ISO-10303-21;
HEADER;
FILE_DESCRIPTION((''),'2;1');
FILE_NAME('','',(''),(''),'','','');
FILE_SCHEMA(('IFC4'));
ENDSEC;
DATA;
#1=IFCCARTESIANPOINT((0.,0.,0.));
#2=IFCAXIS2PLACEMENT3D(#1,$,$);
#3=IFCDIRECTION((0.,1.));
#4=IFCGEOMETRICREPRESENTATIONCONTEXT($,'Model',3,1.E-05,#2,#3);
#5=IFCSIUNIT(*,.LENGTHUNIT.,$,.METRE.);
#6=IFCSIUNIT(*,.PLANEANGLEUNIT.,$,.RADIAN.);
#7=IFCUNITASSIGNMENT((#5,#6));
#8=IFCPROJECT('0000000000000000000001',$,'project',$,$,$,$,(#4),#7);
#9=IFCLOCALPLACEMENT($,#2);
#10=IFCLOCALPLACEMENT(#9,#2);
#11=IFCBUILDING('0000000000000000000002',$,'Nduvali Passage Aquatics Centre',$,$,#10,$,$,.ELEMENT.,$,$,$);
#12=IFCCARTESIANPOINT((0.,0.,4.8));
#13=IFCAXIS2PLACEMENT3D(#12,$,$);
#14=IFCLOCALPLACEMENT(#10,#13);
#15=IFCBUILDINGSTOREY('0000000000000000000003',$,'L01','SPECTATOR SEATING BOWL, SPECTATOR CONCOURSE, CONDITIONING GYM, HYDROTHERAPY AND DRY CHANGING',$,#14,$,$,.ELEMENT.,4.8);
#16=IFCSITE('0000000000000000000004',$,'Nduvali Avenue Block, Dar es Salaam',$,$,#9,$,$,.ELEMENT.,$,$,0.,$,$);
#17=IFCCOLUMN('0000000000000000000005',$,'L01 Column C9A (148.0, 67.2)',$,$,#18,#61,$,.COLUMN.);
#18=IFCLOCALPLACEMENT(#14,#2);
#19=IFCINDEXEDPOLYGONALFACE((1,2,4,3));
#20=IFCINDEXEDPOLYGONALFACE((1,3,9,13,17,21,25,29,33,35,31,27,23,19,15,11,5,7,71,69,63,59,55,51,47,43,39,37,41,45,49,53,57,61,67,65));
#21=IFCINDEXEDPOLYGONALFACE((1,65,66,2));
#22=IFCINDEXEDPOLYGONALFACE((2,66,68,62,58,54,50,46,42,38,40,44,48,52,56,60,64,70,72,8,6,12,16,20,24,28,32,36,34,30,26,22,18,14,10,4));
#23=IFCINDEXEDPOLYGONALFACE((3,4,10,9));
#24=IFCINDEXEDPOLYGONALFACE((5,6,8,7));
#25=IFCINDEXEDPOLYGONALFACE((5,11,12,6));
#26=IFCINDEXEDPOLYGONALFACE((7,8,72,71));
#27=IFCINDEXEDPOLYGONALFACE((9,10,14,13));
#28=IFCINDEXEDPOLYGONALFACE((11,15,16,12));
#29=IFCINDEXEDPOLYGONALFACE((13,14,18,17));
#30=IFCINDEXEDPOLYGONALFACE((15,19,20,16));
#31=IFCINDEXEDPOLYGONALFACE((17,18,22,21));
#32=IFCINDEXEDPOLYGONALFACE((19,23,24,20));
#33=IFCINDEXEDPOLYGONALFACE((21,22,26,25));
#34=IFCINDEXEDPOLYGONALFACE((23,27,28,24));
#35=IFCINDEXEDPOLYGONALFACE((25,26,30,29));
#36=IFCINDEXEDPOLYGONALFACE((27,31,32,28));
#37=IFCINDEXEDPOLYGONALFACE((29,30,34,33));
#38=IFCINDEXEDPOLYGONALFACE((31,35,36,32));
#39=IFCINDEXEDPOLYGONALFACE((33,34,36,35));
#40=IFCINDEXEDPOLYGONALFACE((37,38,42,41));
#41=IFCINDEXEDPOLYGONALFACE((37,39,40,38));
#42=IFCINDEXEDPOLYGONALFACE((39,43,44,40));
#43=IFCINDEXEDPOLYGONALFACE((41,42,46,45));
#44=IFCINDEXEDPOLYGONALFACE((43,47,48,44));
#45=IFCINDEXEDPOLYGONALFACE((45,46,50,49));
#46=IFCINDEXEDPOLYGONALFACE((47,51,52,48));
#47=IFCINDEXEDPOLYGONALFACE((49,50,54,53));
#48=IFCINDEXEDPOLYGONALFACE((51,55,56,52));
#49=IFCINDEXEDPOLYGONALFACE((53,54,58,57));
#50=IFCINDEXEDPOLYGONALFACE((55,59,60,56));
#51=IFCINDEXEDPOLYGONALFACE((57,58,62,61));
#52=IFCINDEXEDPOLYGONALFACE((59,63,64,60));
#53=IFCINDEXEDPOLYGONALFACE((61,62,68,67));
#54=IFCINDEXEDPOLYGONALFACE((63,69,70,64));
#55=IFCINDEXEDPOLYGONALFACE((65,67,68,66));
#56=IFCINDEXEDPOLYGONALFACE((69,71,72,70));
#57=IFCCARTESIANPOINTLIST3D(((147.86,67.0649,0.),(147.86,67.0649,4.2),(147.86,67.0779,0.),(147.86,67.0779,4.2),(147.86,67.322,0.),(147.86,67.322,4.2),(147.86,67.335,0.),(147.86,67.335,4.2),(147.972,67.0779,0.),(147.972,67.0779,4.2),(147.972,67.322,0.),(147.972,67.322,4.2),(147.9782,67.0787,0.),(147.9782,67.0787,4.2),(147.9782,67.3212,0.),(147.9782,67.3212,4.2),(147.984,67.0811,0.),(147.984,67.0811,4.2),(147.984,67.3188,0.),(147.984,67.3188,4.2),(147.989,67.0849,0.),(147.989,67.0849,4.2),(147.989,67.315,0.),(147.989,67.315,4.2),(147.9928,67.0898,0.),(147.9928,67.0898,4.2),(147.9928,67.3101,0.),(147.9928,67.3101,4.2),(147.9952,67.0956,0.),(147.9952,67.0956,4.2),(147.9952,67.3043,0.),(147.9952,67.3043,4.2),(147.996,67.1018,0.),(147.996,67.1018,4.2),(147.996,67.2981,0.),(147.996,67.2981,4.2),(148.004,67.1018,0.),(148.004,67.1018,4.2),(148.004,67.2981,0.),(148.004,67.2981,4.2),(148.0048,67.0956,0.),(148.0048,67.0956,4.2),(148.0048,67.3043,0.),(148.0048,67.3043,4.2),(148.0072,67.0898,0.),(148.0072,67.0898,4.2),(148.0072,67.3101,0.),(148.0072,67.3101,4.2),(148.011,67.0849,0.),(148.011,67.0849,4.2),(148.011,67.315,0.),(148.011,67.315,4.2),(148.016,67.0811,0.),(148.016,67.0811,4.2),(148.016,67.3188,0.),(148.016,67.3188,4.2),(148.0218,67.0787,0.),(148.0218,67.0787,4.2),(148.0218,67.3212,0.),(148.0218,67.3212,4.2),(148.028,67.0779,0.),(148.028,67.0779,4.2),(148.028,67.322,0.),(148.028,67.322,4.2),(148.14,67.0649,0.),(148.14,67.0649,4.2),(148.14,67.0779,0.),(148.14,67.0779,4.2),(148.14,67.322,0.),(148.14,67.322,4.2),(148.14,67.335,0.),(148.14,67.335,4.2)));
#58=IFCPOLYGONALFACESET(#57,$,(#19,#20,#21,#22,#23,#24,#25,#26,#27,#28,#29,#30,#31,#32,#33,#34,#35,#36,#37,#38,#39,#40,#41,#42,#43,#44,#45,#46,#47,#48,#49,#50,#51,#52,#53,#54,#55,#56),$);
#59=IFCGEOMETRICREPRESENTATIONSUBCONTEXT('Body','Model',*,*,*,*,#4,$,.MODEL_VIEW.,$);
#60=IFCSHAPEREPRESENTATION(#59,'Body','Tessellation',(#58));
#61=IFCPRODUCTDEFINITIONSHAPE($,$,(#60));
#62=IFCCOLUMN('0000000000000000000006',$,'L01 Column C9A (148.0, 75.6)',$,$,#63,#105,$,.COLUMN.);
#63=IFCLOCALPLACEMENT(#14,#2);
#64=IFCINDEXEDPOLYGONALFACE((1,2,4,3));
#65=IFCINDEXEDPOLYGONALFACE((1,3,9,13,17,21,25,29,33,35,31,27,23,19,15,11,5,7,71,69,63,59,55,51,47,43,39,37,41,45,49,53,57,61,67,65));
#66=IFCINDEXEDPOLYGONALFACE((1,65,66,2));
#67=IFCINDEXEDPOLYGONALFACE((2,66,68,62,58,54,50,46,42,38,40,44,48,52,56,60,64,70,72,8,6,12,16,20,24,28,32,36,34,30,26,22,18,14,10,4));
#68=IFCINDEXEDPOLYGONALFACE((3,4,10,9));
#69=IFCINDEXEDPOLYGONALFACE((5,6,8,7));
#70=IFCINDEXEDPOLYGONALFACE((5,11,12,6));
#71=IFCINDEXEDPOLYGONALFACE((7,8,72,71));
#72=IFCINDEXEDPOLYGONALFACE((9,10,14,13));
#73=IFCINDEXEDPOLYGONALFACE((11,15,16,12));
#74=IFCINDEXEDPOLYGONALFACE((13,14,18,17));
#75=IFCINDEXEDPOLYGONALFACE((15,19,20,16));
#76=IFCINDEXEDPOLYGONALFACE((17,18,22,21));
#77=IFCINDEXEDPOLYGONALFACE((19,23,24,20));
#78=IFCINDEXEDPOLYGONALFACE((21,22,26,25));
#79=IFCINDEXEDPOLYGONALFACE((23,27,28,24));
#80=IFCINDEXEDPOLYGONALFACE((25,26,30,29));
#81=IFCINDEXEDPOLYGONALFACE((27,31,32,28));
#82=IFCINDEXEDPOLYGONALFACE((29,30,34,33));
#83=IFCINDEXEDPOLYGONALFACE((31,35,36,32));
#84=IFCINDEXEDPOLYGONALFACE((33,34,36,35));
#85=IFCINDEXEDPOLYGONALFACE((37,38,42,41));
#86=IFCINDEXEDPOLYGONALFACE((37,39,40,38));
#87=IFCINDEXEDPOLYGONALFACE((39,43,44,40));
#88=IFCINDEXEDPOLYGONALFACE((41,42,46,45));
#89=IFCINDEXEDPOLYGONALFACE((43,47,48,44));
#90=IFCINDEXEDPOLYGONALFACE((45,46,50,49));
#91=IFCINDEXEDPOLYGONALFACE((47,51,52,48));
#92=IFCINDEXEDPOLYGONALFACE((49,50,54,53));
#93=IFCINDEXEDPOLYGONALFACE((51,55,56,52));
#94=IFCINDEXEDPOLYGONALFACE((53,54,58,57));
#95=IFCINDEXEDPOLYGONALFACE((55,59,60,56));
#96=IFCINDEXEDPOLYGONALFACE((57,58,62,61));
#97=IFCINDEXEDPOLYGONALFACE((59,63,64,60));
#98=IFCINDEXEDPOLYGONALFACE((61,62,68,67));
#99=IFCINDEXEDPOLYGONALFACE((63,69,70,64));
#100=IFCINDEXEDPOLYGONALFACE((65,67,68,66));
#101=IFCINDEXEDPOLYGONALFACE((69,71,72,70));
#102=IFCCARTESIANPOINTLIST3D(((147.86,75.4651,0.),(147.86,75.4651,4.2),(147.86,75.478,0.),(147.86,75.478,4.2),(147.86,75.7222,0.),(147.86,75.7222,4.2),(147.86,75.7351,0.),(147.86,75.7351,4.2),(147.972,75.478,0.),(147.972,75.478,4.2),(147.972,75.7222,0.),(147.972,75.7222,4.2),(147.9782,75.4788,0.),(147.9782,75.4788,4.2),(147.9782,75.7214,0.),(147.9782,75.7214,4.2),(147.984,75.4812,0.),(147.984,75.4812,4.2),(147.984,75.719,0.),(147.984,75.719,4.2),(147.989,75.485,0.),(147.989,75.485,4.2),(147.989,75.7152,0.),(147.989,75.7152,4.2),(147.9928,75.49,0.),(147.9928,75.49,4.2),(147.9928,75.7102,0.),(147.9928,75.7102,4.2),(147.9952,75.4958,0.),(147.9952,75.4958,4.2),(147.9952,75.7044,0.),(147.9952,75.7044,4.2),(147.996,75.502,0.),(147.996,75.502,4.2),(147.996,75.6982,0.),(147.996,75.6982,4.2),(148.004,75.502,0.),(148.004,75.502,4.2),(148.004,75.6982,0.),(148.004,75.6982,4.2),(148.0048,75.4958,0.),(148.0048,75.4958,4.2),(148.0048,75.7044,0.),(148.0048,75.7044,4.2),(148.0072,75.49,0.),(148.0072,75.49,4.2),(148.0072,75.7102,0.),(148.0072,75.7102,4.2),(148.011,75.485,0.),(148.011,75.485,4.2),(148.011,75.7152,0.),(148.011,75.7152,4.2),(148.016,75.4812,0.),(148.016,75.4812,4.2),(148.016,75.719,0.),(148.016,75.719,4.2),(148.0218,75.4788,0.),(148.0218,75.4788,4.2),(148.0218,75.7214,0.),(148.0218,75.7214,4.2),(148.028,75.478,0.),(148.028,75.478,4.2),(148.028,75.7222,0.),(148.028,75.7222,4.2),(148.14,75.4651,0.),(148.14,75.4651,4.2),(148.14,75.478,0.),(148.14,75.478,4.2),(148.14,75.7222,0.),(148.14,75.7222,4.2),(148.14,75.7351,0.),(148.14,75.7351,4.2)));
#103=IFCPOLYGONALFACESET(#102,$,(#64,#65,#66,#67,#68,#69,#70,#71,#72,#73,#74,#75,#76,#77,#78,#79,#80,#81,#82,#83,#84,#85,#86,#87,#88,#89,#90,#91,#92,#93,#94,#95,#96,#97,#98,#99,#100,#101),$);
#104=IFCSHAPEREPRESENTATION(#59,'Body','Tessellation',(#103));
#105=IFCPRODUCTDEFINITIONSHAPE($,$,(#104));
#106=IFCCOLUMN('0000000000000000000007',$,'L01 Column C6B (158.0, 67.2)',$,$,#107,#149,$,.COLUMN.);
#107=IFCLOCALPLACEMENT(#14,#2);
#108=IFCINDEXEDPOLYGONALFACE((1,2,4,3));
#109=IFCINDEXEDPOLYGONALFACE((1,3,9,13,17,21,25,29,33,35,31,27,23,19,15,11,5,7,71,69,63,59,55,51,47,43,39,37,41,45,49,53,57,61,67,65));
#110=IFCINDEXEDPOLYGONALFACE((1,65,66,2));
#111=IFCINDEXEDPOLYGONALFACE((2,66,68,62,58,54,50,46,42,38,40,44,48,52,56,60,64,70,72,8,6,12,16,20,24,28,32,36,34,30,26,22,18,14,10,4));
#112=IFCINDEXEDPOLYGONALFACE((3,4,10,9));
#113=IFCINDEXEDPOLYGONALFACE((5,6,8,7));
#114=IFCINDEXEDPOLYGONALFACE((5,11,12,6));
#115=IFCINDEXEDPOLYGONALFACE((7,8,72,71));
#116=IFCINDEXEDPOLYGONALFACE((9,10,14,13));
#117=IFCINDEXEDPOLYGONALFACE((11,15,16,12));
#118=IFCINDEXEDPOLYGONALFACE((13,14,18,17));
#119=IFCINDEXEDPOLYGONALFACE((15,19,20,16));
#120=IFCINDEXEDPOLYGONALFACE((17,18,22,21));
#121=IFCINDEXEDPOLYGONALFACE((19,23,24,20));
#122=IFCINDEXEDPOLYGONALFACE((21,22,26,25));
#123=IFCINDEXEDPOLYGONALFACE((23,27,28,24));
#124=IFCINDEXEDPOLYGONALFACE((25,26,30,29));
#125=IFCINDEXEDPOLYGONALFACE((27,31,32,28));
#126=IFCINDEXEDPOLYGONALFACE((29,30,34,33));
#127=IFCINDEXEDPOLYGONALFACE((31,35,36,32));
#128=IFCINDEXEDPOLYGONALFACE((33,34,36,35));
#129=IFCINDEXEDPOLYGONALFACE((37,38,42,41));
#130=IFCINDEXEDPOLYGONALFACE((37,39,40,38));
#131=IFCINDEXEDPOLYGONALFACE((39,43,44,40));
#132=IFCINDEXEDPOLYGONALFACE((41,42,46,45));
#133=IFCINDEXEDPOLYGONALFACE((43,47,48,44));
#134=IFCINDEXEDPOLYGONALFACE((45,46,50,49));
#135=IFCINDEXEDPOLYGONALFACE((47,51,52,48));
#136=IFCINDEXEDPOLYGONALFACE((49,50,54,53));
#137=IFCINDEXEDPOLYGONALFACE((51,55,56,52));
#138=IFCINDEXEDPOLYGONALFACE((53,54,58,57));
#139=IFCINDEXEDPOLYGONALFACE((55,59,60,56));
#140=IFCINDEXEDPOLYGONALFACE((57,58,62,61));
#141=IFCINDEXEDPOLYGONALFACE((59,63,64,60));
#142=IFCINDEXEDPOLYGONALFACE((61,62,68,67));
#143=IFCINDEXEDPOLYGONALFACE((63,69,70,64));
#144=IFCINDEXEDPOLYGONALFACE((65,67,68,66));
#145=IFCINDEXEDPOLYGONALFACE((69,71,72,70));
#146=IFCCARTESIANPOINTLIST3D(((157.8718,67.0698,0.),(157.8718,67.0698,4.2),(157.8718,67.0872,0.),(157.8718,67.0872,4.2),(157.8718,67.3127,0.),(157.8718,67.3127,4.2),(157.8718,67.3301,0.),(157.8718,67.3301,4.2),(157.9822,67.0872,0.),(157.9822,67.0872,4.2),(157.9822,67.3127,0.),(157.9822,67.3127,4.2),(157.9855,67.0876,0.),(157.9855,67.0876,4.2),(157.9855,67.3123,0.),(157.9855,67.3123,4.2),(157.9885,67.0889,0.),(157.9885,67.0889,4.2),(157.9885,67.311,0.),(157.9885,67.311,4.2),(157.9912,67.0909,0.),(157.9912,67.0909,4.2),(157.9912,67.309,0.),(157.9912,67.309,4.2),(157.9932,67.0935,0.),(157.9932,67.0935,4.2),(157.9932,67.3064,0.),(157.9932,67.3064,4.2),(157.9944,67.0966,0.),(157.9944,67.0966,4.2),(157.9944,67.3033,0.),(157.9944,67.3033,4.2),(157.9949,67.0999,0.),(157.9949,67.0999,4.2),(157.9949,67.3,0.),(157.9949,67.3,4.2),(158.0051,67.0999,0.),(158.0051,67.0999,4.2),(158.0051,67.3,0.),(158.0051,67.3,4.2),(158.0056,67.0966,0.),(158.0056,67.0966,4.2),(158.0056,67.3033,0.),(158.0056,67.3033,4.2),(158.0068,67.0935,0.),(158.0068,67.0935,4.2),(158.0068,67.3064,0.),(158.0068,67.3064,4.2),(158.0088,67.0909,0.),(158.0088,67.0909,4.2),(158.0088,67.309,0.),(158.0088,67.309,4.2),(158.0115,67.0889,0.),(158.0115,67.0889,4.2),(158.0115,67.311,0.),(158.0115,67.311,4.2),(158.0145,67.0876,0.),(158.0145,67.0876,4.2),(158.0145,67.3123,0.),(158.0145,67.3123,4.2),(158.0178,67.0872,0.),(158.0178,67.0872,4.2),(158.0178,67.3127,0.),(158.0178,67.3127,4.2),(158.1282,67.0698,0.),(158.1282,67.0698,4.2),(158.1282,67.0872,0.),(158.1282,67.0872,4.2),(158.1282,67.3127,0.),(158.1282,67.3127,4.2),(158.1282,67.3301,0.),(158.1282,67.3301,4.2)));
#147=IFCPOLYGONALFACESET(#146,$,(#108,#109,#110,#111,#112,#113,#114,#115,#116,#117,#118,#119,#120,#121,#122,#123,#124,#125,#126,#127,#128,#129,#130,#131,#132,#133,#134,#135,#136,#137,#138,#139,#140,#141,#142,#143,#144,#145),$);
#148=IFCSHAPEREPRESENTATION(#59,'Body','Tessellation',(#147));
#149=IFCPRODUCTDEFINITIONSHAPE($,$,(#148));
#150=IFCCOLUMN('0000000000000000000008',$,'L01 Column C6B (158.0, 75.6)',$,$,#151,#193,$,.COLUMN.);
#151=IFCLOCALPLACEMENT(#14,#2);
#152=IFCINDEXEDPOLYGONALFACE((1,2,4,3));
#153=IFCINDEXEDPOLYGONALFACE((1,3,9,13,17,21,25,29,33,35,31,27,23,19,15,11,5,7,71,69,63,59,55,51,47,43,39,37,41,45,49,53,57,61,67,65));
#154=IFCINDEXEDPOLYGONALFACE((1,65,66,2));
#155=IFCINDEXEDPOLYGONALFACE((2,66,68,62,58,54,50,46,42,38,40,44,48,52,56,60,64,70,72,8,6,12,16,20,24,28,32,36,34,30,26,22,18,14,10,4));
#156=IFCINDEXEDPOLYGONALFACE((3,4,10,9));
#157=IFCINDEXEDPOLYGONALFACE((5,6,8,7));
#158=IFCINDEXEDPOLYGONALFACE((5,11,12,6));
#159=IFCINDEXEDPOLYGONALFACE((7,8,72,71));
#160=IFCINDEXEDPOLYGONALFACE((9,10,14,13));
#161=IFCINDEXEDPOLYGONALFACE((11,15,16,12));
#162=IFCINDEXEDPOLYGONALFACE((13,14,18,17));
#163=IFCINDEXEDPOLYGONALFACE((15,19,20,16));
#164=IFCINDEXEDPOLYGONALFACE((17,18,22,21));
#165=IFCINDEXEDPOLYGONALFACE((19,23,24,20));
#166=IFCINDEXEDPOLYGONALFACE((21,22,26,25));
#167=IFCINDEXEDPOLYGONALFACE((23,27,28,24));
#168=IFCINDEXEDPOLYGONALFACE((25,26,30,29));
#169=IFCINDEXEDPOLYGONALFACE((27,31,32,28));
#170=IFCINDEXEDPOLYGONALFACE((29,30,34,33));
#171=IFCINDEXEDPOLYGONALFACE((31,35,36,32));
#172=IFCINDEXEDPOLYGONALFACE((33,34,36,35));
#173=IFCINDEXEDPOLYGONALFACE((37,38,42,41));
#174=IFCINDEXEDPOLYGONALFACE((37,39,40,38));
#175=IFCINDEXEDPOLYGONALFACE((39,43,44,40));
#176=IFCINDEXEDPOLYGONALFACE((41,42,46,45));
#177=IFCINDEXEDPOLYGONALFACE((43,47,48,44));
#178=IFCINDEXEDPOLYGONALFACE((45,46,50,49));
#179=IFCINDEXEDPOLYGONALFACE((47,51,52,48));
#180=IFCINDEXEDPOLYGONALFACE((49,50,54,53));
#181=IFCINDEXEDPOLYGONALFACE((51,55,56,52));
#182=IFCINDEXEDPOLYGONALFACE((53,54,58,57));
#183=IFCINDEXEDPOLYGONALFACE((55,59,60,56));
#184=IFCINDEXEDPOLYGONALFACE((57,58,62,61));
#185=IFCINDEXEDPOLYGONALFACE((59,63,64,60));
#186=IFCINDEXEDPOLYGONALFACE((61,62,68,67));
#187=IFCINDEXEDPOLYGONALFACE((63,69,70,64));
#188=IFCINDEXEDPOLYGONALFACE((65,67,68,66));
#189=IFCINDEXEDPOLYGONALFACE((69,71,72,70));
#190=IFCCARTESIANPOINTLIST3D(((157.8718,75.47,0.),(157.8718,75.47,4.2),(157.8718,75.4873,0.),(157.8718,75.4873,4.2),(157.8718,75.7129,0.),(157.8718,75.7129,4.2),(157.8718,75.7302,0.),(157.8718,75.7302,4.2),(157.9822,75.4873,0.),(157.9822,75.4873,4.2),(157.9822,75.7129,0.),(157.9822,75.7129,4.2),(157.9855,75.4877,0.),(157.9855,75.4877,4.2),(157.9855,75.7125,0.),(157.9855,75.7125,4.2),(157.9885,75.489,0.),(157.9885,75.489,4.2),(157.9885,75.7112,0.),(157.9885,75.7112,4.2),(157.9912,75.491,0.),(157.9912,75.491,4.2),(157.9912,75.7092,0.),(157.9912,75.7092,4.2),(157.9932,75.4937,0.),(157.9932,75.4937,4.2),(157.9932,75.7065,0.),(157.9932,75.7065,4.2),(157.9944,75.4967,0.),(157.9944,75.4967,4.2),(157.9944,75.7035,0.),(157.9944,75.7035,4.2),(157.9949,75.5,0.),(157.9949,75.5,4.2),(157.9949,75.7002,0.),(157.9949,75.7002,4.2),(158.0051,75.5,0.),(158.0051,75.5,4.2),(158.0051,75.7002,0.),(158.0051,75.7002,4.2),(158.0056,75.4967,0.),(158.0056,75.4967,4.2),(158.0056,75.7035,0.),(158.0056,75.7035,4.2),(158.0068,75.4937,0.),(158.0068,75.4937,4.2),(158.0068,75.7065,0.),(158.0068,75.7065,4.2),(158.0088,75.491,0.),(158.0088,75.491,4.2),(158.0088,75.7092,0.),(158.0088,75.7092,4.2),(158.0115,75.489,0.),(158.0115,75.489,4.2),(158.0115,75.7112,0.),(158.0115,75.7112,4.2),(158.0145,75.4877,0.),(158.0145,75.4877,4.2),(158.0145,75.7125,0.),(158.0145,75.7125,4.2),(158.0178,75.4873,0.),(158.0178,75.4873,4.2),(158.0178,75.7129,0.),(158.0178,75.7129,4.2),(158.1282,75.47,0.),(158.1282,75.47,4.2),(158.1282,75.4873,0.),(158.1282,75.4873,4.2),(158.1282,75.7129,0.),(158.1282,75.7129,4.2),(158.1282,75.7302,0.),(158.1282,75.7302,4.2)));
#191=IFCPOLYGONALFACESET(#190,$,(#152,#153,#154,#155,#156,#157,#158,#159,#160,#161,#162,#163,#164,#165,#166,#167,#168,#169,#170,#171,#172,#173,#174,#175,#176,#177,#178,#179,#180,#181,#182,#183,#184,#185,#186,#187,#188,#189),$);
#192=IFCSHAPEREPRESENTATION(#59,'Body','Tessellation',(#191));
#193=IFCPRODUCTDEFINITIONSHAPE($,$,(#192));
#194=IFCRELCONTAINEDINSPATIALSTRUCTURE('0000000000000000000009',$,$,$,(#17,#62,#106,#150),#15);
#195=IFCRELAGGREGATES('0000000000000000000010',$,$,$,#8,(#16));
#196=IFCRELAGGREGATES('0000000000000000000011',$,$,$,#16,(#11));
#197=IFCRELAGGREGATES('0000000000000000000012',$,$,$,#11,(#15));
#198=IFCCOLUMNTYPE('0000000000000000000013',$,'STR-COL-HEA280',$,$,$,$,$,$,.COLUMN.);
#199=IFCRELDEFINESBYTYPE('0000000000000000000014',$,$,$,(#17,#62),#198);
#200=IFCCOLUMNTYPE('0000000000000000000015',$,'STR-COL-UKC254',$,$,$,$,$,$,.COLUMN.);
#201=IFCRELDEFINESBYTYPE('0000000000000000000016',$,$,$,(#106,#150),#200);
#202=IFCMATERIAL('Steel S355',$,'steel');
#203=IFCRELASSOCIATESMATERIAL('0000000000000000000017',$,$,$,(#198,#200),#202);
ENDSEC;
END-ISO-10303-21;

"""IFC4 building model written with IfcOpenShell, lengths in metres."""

from ifc_helpers import new_model, si_unit, direction, frame, origin, origin_2d, place, context, subcontext, project, spatial, i_section, extrude, material, material_profile, profile_set, type_object, element, save


model = new_model("IFC4")

# Units and contexts
model_context = context("Model", 3, precision=1e-05, world=origin(), true_north=direction((0.0, 1.0)))
body_context = subcontext(model_context, "Body", "Model", "MODEL_VIEW")
ifc_project = project(units=[si_unit("LENGTHUNIT", "METRE"), si_unit("PLANEANGLEUNIT", "RADIAN")], contexts=[model_context])

# Site, building, storey
site_placement = place(None, origin())
site = spatial("IfcSite", under=ifc_project, at=site_placement, Name="Nduvali Avenue Block, Dar es Salaam", CompositionType="ELEMENT", RefElevation=0.0)
building_placement = place(site_placement, origin())
building = spatial("IfcBuilding", under=site, at=building_placement, Name="Nduvali Passage Aquatics Centre", CompositionType="ELEMENT")
storey_placement = place(building_placement, frame((0.0, 0.0, 4.8)))
storey = spatial("IfcBuildingStorey", under=building, at=storey_placement, Name="L01", Description="SPECTATOR SEATING BOWL, SPECTATOR CONCOURSE, CONDITIONING GYM, HYDROTHERAPY AND DRY CHANGING", CompositionType="ELEMENT", Elevation=4.8)

# Columns
ifc_material_1 = material(Name="Steel S355", Category="steel")
ifc_material_profile_1 = material_profile(ifc_material_1, i_section(OverallWidth=0.28, OverallDepth=0.27, WebThickness=0.0081, FlangeThickness=0.0129, FilletRadius=0.0239, at=origin_2d()), Name="HEA 280")
ifc_profile_set_1 = profile_set([ifc_material_profile_1], Name="Steel S355")
column_type_1 = type_object("IfcColumnType", Name="STR-COL-HEA280", PredefinedType="COLUMN", material=ifc_profile_set_1)
for number, where, z_axis, x_axis, name in (
    (1, (148.0, 67.2, 0.0), (0.0, 0.0, 1.0), (1.0, 0.0, 0.0), "L01 Column C9A (148.0, 67.2)"),
    (2, (148.0, 75.6001, 0.0), (0.0, 0.0, 1.0), (1.0, 0.0, 0.0), "L01 Column C9A (148.0, 75.6)"),
):
    element("IfcColumn", number, at=place(storey_placement, frame(where, z_axis=z_axis, x_axis=x_axis)), inside=storey, type_object=column_type_1, Name=name, PredefinedType="COLUMN", context=body_context, shape_type="SweptSolid", body=[
        extrude(i_section(OverallWidth=0.28, OverallDepth=0.27, WebThickness=0.0081, FlangeThickness=0.0129, FilletRadius=0.0239, at=origin_2d()), origin(), (0.0, 0.0, 1.0), 4.2),
    ])
ifc_material_profile_2 = material_profile(ifc_material_1, i_section(OverallWidth=0.2563, OverallDepth=0.2603, WebThickness=0.0103, FlangeThickness=0.0173, FilletRadius=0.0127, at=origin_2d()), Name="UKC 254x254x89")
ifc_profile_set_2 = profile_set([ifc_material_profile_2], Name="Steel S355")
column_type_2 = type_object("IfcColumnType", Name="STR-COL-UKC254", PredefinedType="COLUMN", material=ifc_profile_set_2)
for number, where, z_axis, x_axis, name in (
    (3, (158.0, 67.2, 0.0), (0.0, 0.0, 1.0), (1.0, 0.0, 0.0), "L01 Column C6B (158.0, 67.2)"),
    (4, (158.0, 75.6001, 0.0), (0.0, 0.0, 1.0), (1.0, 0.0, 0.0), "L01 Column C6B (158.0, 75.6)"),
):
    element("IfcColumn", number, at=place(storey_placement, frame(where, z_axis=z_axis, x_axis=x_axis)), inside=storey, type_object=column_type_2, Name=name, PredefinedType="COLUMN", context=body_context, shape_type="SweptSolid", body=[
        extrude(i_section(OverallWidth=0.2563, OverallDepth=0.2603, WebThickness=0.0103, FlangeThickness=0.0173, FilletRadius=0.0127, at=origin_2d()), origin(), (0.0, 0.0, 1.0), 4.2),
    ])

save(model, "model.ifc")
